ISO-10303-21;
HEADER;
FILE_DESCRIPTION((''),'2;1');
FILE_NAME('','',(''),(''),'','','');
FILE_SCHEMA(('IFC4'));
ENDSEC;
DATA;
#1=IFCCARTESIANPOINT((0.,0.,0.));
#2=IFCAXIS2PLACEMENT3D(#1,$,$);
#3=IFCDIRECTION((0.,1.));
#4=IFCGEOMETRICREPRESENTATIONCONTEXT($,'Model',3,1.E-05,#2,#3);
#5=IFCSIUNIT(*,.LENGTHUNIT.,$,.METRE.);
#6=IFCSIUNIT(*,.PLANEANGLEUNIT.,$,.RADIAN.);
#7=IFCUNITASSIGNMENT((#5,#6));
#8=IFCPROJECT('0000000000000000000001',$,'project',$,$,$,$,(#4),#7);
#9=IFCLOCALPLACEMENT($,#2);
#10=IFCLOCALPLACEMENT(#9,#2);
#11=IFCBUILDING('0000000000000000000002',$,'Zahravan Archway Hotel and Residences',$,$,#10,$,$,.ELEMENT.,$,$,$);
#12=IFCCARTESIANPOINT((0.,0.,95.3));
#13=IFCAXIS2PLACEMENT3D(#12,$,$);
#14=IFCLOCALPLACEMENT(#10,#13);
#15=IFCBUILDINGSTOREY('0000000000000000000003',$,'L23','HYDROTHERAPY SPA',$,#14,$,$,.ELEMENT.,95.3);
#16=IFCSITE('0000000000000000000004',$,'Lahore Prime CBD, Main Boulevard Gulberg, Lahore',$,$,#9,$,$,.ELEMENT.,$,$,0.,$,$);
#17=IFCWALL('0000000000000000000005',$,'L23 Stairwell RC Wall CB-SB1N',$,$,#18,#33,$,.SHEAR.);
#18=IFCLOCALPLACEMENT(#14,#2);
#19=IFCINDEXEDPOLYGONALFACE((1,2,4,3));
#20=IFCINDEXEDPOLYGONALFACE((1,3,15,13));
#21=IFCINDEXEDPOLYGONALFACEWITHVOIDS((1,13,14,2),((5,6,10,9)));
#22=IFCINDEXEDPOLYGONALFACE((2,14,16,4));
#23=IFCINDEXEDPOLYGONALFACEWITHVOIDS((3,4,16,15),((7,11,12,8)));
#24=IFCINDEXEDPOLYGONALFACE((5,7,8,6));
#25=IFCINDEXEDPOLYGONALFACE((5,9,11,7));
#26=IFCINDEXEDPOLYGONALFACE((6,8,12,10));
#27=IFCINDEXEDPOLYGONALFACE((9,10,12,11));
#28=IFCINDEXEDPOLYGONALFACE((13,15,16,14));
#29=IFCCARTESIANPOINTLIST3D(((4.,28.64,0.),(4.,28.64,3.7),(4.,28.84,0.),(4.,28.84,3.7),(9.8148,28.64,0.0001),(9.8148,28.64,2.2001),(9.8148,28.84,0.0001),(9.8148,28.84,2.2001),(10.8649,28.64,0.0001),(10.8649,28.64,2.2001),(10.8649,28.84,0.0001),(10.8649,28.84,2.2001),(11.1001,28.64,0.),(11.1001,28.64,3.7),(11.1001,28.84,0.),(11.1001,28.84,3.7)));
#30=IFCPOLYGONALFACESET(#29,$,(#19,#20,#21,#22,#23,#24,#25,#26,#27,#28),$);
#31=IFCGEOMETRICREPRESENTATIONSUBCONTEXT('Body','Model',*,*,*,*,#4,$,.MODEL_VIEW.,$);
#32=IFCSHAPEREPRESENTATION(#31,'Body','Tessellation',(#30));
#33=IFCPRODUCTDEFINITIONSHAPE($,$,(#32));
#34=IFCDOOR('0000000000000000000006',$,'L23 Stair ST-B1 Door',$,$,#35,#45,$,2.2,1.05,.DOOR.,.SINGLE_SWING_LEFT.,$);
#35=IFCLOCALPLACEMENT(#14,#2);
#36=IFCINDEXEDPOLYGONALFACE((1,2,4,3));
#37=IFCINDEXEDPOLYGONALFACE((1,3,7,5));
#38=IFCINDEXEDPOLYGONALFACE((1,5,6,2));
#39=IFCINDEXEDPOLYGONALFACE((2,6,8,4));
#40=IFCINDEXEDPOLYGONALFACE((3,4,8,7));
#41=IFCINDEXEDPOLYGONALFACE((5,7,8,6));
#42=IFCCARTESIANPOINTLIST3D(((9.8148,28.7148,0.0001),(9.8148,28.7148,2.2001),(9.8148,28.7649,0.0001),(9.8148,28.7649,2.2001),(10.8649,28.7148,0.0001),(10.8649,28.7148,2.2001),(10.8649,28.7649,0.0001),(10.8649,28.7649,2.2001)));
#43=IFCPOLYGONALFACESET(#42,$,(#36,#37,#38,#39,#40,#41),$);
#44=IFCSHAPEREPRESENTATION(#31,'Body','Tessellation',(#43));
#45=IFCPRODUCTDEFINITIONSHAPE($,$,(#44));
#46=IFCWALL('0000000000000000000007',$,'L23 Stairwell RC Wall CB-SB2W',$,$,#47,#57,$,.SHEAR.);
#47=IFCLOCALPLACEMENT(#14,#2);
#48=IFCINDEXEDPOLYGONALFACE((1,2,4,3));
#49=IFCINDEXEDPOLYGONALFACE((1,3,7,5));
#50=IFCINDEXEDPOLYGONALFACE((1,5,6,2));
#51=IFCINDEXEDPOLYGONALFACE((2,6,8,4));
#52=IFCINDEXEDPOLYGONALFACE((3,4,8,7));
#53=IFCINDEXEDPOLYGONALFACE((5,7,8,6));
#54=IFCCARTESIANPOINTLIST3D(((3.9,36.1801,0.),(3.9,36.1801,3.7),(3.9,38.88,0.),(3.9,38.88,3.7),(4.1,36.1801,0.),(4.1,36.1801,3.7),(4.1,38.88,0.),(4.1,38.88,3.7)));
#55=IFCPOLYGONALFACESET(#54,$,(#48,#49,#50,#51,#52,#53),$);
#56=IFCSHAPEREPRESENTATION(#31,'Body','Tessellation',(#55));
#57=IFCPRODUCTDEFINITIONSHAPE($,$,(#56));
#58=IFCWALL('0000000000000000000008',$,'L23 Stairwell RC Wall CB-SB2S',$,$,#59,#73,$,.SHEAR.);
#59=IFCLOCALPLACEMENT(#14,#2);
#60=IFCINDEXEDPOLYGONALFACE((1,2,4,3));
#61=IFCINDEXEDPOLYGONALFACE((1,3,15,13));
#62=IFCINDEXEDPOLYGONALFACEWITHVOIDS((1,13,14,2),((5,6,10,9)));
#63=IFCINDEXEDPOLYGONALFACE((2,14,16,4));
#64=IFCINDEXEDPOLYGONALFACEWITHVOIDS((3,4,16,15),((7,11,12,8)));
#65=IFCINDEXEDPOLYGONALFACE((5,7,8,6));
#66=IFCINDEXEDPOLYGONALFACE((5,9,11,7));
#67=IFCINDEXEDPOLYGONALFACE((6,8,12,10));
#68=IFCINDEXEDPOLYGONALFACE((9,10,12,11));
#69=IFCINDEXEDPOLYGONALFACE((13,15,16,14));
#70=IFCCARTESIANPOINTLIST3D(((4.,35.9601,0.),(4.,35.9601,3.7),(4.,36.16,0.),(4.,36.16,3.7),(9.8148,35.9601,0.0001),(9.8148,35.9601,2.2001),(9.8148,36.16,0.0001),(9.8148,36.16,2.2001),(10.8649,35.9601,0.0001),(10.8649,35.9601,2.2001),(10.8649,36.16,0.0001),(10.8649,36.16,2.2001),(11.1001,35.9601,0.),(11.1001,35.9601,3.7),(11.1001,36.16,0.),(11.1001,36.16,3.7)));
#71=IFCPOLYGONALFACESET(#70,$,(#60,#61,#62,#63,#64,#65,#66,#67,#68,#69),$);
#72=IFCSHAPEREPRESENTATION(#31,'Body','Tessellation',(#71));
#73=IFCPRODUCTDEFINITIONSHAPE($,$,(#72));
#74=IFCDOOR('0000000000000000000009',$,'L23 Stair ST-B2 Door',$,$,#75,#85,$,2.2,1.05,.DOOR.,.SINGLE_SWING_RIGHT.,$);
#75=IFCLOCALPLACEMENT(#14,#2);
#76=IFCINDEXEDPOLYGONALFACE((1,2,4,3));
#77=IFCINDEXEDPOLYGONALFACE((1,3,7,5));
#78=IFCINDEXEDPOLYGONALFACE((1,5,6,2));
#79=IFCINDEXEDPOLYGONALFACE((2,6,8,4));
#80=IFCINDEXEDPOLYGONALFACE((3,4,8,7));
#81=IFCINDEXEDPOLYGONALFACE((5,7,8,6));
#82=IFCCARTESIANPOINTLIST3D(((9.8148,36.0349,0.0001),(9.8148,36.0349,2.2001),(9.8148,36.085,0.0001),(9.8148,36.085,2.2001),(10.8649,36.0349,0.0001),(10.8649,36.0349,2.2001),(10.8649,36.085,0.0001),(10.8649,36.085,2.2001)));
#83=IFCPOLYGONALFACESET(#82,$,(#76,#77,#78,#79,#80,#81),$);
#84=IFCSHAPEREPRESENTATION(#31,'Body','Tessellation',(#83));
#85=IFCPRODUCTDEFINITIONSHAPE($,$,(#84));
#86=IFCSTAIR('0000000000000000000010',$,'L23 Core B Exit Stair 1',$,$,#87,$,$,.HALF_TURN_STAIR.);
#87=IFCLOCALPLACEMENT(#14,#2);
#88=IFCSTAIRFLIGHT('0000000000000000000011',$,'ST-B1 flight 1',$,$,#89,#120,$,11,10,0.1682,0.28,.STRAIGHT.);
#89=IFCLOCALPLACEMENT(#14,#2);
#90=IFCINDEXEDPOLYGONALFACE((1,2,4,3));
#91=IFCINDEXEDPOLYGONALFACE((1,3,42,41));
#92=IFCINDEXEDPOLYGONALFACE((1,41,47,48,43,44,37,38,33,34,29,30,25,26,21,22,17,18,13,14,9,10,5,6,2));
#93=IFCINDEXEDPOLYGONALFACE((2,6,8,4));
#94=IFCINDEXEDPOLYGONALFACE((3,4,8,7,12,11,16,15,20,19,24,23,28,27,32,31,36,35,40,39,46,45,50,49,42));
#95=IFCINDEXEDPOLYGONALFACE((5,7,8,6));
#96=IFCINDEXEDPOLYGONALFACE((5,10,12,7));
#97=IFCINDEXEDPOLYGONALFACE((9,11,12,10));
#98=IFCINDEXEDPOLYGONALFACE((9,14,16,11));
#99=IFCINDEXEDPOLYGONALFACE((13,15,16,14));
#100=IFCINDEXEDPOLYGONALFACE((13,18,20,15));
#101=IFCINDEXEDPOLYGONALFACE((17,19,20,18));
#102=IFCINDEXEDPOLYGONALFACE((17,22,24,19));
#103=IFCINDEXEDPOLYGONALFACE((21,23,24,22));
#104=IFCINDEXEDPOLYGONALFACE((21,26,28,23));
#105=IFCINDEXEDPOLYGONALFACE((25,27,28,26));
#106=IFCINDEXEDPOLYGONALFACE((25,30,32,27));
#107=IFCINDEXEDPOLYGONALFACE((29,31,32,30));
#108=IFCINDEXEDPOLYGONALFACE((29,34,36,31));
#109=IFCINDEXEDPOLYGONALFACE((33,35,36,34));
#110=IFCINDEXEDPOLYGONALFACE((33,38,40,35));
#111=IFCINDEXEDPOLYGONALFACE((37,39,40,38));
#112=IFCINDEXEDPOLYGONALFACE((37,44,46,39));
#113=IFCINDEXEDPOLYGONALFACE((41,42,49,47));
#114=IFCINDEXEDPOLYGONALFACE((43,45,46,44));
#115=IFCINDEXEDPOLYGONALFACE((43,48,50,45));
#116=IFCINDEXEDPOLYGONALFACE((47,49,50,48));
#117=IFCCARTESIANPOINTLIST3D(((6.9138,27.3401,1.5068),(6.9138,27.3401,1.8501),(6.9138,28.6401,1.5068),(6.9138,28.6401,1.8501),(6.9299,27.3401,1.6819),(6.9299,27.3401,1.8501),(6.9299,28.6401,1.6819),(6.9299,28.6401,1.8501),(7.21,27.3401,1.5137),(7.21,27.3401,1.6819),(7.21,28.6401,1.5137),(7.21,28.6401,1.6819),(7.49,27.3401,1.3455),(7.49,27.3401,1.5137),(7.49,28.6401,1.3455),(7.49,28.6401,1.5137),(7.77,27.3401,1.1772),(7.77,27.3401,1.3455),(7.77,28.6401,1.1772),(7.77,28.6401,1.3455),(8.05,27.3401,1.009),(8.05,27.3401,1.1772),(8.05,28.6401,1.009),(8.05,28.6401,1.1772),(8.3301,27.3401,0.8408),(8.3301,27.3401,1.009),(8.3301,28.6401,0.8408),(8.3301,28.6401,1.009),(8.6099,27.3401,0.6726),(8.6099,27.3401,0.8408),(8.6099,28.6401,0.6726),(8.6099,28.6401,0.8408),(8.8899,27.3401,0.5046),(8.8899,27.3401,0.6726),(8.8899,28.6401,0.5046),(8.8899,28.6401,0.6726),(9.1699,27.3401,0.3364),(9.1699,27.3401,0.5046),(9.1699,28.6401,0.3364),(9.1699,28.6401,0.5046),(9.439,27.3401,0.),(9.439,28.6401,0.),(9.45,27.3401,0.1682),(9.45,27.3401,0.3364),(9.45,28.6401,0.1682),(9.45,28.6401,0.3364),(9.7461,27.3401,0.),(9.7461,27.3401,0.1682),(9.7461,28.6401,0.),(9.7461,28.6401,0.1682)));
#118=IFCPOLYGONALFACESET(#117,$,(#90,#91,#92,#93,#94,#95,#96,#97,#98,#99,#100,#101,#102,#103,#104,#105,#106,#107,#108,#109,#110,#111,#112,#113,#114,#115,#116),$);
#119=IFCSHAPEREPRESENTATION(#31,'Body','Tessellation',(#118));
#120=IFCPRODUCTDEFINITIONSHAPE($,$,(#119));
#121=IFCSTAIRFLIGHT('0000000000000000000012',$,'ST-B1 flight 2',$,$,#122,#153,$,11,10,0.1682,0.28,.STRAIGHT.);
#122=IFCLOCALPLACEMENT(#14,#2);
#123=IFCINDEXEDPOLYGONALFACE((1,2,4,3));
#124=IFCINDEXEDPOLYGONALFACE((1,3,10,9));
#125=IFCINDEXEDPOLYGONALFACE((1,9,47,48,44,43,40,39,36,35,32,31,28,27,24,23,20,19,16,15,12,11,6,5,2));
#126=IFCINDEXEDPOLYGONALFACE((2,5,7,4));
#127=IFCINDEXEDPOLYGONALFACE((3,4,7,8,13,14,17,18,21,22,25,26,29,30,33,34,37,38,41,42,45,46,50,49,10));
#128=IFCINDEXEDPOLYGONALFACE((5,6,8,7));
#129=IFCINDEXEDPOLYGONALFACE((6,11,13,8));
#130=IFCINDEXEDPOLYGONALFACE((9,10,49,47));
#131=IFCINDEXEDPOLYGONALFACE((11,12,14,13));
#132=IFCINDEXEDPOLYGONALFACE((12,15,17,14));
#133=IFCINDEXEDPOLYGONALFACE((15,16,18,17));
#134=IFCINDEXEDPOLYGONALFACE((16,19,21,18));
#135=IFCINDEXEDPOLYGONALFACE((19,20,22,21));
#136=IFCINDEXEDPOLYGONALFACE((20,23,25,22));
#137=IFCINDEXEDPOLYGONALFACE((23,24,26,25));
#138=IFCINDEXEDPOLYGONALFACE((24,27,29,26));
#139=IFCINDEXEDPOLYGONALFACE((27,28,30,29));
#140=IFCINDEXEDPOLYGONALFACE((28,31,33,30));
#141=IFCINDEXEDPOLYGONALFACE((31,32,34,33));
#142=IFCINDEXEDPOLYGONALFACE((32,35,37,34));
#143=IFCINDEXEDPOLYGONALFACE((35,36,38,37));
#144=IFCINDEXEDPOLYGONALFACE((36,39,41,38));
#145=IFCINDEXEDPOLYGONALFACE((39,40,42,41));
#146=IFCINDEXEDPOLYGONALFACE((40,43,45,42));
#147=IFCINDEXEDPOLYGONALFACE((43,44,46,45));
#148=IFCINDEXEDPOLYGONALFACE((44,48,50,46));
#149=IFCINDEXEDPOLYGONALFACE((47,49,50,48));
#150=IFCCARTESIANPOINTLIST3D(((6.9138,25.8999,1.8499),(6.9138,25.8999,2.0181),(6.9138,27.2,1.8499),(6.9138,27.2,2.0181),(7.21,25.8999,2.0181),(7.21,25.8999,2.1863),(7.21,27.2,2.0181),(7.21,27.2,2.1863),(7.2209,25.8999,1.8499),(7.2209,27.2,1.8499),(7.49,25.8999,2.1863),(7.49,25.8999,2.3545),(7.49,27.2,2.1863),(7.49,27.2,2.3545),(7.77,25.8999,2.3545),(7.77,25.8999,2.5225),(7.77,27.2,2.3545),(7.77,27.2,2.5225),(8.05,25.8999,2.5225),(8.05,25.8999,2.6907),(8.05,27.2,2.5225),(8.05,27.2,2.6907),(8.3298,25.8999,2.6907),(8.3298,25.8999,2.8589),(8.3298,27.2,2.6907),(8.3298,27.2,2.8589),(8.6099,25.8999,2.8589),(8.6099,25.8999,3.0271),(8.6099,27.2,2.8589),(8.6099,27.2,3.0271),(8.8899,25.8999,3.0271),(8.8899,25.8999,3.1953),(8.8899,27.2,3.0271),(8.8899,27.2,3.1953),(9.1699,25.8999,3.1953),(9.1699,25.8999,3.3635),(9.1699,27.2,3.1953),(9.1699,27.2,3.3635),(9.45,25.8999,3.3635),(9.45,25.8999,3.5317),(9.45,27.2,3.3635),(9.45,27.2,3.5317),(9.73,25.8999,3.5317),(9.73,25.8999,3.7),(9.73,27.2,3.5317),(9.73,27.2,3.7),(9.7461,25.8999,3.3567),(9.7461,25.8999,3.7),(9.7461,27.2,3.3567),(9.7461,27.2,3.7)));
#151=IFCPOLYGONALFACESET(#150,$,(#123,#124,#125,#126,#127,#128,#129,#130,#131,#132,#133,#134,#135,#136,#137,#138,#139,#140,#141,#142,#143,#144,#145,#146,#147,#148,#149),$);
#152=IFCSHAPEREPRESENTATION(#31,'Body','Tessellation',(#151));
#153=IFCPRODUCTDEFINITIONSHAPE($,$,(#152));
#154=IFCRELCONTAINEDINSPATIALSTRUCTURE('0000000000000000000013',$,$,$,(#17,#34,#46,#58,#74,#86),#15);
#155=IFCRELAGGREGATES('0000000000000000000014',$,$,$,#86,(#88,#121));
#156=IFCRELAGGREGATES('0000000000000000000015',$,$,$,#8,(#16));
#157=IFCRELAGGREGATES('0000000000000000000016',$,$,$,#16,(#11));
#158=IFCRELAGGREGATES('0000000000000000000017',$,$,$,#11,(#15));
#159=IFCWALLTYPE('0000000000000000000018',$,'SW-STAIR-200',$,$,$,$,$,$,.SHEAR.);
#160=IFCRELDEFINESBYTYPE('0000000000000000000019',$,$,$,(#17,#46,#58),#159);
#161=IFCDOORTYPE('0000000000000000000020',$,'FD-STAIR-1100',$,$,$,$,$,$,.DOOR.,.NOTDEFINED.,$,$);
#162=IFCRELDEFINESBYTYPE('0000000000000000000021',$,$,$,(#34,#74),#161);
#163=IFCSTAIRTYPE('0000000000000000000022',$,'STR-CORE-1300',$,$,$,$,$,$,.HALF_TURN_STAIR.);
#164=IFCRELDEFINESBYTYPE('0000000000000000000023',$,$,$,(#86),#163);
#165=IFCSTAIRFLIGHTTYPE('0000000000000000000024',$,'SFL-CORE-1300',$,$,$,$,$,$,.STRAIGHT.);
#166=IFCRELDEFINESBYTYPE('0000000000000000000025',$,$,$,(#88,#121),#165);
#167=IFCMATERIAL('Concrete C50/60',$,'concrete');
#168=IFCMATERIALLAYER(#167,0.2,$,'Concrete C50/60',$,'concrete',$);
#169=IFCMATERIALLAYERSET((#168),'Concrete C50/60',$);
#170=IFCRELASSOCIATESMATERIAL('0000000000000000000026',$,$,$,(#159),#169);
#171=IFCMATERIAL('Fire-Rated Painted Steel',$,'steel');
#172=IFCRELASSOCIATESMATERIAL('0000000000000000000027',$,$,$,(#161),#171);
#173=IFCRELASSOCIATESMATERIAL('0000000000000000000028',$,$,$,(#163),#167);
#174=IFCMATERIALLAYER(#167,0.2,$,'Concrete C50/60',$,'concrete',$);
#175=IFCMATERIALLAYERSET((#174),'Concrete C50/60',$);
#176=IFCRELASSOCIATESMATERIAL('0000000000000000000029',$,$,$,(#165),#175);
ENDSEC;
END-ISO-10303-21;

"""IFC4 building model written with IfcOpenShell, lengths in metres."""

from ifc_helpers import new_model, si_unit, direction, frame, frame_2d, origin, place, context, subcontext, project, spatial, polyline, rectangle, outline, extrude, source, transform, mapped, material, layer, layer_set, type_object, type_shapes, element, fill, aggregate, save


model = new_model("IFC4")

# Units and contexts
model_context = context("Model", 3, precision=1e-05, world=origin(), true_north=direction((0.0, 1.0)))
body_context = subcontext(model_context, "Body", "Model", "MODEL_VIEW")
ifc_project = project(units=[si_unit("LENGTHUNIT", "METRE"), si_unit("PLANEANGLEUNIT", "RADIAN")], contexts=[model_context])

# Site, building, storey
site_placement = place(None, origin())
site = spatial("IfcSite", under=ifc_project, at=site_placement, Name="Lahore Prime CBD, Main Boulevard Gulberg, Lahore", CompositionType="ELEMENT", RefElevation=0.0)
building_placement = place(site_placement, origin())
building = spatial("IfcBuilding", under=site, at=building_placement, Name="Zahravan Archway Hotel and Residences", CompositionType="ELEMENT")
storey_placement = place(building_placement, frame((0.0, 0.0, 95.3)))
storey = spatial("IfcBuildingStorey", under=building, at=storey_placement, Name="L23", Description="HYDROTHERAPY SPA", CompositionType="ELEMENT", Elevation=95.3)

# Shared definitions
ifc_material_1 = material(Name="Fire-Rated Painted Steel", Category="steel")

# Shared definitions
ifc_material_2 = material(Name="Concrete C50/60", Category="concrete")
ifc_layer_1 = layer(ifc_material_2, 0.2, Name="Concrete C50/60", Category="concrete")
ifc_layer_set_1 = layer_set([ifc_layer_1], Name="Concrete C50/60")
wall_type_1 = type_object("IfcWallType", Name="SW-STAIR-200", PredefinedType="SHEAR", material=ifc_layer_set_1)

# Wall, opening, door
wall_1_placement = place(storey_placement, frame((4.0, 28.74, 0.0), z_axis=(0.0, 0.0, 1.0), x_axis=(1.0, 0.0, 0.0)))
wall_1 = element("IfcWall", 1, at=wall_1_placement, inside=storey, type_object=wall_type_1, Name="L23 Stairwell RC Wall CB-SB1N", PredefinedType="SHEAR", context=body_context, shape_type="SweptSolid", body=[
    extrude(rectangle(XDim=7.1001, YDim=0.2, at=frame_2d((3.55, 0.0))), origin(), (0.0, 0.0, 1.0), 3.7),
])
opening_1_placement = place(wall_1_placement, frame((5.8149, 0.0, 0.0)))
opening_1 = element("IfcOpeningElement", 2, at=opening_1_placement, cuts=wall_1, PredefinedType="OPENING", context=body_context, shape_type="SweptSolid", body=[
    extrude(rectangle(XDim=1.05, YDim=2.2, at=frame_2d((0.5249, 1.1001))), frame((0.0, 0.1099, 0.0), z_axis=(0.0, -1.0, 0.0), x_axis=(1.0, 0.0, 0.0)), (0.0, 0.0, 1.0), 0.22),
])
door_type_1 = type_object("IfcDoorType", Name="FD-STAIR-1100", OperationType="NOTDEFINED", PredefinedType="DOOR", material=ifc_material_1)
shared_shape_1 = source(origin(), body_context, "Body", "SweptSolid", [
    extrude(rectangle(XDim=1.05, YDim=2.2, at=frame_2d((0.5249, 1.1001))), frame((0.0, 0.0249, 0.0), z_axis=(0.0, -1.0, 0.0), x_axis=(1.0, 0.0, 0.0)), (0.0, 0.0, 1.0), 0.05),
])
type_shapes(door_type_1, [shared_shape_1])
door_1_placement = place(opening_1_placement, origin())
door_1 = element("IfcDoor", 3, at=door_1_placement, inside=storey, type_object=door_type_1, Name="L23 Stair ST-B1 Door", OperationType="SINGLE_SWING_LEFT", OverallHeight=2.2, OverallWidth=1.05, PredefinedType="DOOR", context=body_context, shape_type="MappedRepresentation", body=[
    mapped(shared_shape_1, transform((0.0, 0.0, 0.0), scale=1.0)),
])
fill(opening_1, door_1)

# Wall
wall_2_placement = place(storey_placement, frame((4.0, 36.1799, 0.0), z_axis=(0.0, 0.0, 1.0), x_axis=(0.0, 1.0, 0.0)))
element("IfcWall", 4, at=wall_2_placement, inside=storey, type_object=wall_type_1, Name="L23 Stairwell RC Wall CB-SB2W", PredefinedType="SHEAR", context=body_context, shape_type="SweptSolid", body=[
    extrude(rectangle(XDim=2.7, YDim=0.2, at=frame_2d((1.3501, 0.0))), origin(), (0.0, 0.0, 1.0), 3.7),
])

# Wall, opening, door
wall_3_placement = place(storey_placement, frame((4.0, 36.0601, 0.0), z_axis=(0.0, 0.0, 1.0), x_axis=(1.0, 0.0, 0.0)))
wall_3 = element("IfcWall", 5, at=wall_3_placement, inside=storey, type_object=wall_type_1, Name="L23 Stairwell RC Wall CB-SB2S", PredefinedType="SHEAR", context=body_context, shape_type="SweptSolid", body=[
    extrude(rectangle(XDim=7.1001, YDim=0.2, at=frame_2d((3.55, 0.0))), origin(), (0.0, 0.0, 1.0), 3.7),
])
opening_2_placement = place(wall_3_placement, frame((5.8149, 0.0, 0.0)))
opening_2 = element("IfcOpeningElement", 6, at=opening_2_placement, cuts=wall_3, PredefinedType="OPENING", context=body_context, shape_type="SweptSolid", body=[
    extrude(rectangle(XDim=1.05, YDim=2.2, at=frame_2d((0.5249, 1.1001))), frame((0.0, 0.1099, 0.0), z_axis=(0.0, -1.0, 0.0), x_axis=(1.0, 0.0, 0.0)), (0.0, 0.0, 1.0), 0.22),
])
door_2_placement = place(opening_2_placement, origin())
door_2 = element("IfcDoor", 7, at=door_2_placement, inside=storey, type_object=door_type_1, Name="L23 Stair ST-B2 Door", OperationType="SINGLE_SWING_RIGHT", OverallHeight=2.2, OverallWidth=1.05, PredefinedType="DOOR", context=body_context, shape_type="MappedRepresentation", body=[
    mapped(shared_shape_1, transform((0.0, 0.0, 0.0), scale=1.0)),
])
fill(opening_2, door_2)

# Stair, stair flights
stair_type = type_object("IfcStairType", Name="STR-CORE-1300", PredefinedType="HALF_TURN_STAIR", material=ifc_material_2)
stair_placement = place(storey_placement, origin())
stair = element("IfcStair", 8, at=stair_placement, inside=storey, type_object=stair_type, Name="L23 Core B Exit Stair 1", PredefinedType="HALF_TURN_STAIR")
ifc_layer_2 = layer(ifc_material_2, 0.2, Name="Concrete C50/60", Category="concrete")
ifc_layer_set_2 = layer_set([ifc_layer_2], Name="Concrete C50/60")
stair_flight_type = type_object("IfcStairFlightType", Name="SFL-CORE-1300", PredefinedType="STRAIGHT", material=ifc_layer_set_2)
shared_shape_2 = source(origin(), body_context, "Body", "SweptSolid", [
    extrude(outline(polyline([(-0.0161, 0.0), (-0.0161, 0.1682), (0.28, 0.1682), (0.28, 0.3364), (0.5601, 0.3364), (0.5601, 0.5046), (0.8401, 0.5046), (0.8401, 0.6726), (1.1201, 0.6726), (1.1201, 0.8408), (1.3999, 0.8408), (1.3999, 1.009), (1.6799, 1.009), (1.6799, 1.1772), (1.96, 1.1772), (1.96, 1.3455), (2.24, 1.3455), (2.24, 1.5137), (2.52, 1.5137), (2.52, 1.6819), (2.8, 1.6819), (2.8, 1.8501), (2.8162, 1.8501), (2.8162, 1.5068), (0.291, 0.0), (-0.0161, 0.0)])), frame((0.0, 0.6499, 0.0), z_axis=(0.0, -1.0, 0.0), x_axis=(1.0, 0.0, 0.0)), (0.0, 0.0, 1.0), 1.3),
])
stair_flight_1_placement = place(storey_placement, frame((9.73, 27.99, 0.0), z_axis=(0.0, 0.0, 1.0), x_axis=(-1.0, 0.0, 0.0)))
stair_flight_1 = element("IfcStairFlight", 9, at=stair_flight_1_placement, type_object=stair_flight_type, Name="ST-B1 flight 1", NumberOfRisers=11, NumberOfTreads=10, PredefinedType="STRAIGHT", RiserHeight=0.1682, TreadLength=0.28, context=body_context, shape_type="MappedRepresentation", body=[
    mapped(shared_shape_2, transform((0.0, 0.0, 0.0), scale=1.0)),
])
stair_flight_2_placement = place(storey_placement, frame((6.9299, 26.55, 1.8499), z_axis=(0.0, 0.0, 1.0), x_axis=(1.0, 0.0, 0.0)))
stair_flight_2 = element("IfcStairFlight", 10, at=stair_flight_2_placement, type_object=stair_flight_type, Name="ST-B1 flight 2", NumberOfRisers=11, NumberOfTreads=10, PredefinedType="STRAIGHT", RiserHeight=0.1682, TreadLength=0.28, context=body_context, shape_type="MappedRepresentation", body=[
    mapped(shared_shape_2, transform((0.0, 0.0, 0.0), scale=1.0)),
])
aggregate(stair, [stair_flight_1, stair_flight_2])

save(model, "model.ifc")
